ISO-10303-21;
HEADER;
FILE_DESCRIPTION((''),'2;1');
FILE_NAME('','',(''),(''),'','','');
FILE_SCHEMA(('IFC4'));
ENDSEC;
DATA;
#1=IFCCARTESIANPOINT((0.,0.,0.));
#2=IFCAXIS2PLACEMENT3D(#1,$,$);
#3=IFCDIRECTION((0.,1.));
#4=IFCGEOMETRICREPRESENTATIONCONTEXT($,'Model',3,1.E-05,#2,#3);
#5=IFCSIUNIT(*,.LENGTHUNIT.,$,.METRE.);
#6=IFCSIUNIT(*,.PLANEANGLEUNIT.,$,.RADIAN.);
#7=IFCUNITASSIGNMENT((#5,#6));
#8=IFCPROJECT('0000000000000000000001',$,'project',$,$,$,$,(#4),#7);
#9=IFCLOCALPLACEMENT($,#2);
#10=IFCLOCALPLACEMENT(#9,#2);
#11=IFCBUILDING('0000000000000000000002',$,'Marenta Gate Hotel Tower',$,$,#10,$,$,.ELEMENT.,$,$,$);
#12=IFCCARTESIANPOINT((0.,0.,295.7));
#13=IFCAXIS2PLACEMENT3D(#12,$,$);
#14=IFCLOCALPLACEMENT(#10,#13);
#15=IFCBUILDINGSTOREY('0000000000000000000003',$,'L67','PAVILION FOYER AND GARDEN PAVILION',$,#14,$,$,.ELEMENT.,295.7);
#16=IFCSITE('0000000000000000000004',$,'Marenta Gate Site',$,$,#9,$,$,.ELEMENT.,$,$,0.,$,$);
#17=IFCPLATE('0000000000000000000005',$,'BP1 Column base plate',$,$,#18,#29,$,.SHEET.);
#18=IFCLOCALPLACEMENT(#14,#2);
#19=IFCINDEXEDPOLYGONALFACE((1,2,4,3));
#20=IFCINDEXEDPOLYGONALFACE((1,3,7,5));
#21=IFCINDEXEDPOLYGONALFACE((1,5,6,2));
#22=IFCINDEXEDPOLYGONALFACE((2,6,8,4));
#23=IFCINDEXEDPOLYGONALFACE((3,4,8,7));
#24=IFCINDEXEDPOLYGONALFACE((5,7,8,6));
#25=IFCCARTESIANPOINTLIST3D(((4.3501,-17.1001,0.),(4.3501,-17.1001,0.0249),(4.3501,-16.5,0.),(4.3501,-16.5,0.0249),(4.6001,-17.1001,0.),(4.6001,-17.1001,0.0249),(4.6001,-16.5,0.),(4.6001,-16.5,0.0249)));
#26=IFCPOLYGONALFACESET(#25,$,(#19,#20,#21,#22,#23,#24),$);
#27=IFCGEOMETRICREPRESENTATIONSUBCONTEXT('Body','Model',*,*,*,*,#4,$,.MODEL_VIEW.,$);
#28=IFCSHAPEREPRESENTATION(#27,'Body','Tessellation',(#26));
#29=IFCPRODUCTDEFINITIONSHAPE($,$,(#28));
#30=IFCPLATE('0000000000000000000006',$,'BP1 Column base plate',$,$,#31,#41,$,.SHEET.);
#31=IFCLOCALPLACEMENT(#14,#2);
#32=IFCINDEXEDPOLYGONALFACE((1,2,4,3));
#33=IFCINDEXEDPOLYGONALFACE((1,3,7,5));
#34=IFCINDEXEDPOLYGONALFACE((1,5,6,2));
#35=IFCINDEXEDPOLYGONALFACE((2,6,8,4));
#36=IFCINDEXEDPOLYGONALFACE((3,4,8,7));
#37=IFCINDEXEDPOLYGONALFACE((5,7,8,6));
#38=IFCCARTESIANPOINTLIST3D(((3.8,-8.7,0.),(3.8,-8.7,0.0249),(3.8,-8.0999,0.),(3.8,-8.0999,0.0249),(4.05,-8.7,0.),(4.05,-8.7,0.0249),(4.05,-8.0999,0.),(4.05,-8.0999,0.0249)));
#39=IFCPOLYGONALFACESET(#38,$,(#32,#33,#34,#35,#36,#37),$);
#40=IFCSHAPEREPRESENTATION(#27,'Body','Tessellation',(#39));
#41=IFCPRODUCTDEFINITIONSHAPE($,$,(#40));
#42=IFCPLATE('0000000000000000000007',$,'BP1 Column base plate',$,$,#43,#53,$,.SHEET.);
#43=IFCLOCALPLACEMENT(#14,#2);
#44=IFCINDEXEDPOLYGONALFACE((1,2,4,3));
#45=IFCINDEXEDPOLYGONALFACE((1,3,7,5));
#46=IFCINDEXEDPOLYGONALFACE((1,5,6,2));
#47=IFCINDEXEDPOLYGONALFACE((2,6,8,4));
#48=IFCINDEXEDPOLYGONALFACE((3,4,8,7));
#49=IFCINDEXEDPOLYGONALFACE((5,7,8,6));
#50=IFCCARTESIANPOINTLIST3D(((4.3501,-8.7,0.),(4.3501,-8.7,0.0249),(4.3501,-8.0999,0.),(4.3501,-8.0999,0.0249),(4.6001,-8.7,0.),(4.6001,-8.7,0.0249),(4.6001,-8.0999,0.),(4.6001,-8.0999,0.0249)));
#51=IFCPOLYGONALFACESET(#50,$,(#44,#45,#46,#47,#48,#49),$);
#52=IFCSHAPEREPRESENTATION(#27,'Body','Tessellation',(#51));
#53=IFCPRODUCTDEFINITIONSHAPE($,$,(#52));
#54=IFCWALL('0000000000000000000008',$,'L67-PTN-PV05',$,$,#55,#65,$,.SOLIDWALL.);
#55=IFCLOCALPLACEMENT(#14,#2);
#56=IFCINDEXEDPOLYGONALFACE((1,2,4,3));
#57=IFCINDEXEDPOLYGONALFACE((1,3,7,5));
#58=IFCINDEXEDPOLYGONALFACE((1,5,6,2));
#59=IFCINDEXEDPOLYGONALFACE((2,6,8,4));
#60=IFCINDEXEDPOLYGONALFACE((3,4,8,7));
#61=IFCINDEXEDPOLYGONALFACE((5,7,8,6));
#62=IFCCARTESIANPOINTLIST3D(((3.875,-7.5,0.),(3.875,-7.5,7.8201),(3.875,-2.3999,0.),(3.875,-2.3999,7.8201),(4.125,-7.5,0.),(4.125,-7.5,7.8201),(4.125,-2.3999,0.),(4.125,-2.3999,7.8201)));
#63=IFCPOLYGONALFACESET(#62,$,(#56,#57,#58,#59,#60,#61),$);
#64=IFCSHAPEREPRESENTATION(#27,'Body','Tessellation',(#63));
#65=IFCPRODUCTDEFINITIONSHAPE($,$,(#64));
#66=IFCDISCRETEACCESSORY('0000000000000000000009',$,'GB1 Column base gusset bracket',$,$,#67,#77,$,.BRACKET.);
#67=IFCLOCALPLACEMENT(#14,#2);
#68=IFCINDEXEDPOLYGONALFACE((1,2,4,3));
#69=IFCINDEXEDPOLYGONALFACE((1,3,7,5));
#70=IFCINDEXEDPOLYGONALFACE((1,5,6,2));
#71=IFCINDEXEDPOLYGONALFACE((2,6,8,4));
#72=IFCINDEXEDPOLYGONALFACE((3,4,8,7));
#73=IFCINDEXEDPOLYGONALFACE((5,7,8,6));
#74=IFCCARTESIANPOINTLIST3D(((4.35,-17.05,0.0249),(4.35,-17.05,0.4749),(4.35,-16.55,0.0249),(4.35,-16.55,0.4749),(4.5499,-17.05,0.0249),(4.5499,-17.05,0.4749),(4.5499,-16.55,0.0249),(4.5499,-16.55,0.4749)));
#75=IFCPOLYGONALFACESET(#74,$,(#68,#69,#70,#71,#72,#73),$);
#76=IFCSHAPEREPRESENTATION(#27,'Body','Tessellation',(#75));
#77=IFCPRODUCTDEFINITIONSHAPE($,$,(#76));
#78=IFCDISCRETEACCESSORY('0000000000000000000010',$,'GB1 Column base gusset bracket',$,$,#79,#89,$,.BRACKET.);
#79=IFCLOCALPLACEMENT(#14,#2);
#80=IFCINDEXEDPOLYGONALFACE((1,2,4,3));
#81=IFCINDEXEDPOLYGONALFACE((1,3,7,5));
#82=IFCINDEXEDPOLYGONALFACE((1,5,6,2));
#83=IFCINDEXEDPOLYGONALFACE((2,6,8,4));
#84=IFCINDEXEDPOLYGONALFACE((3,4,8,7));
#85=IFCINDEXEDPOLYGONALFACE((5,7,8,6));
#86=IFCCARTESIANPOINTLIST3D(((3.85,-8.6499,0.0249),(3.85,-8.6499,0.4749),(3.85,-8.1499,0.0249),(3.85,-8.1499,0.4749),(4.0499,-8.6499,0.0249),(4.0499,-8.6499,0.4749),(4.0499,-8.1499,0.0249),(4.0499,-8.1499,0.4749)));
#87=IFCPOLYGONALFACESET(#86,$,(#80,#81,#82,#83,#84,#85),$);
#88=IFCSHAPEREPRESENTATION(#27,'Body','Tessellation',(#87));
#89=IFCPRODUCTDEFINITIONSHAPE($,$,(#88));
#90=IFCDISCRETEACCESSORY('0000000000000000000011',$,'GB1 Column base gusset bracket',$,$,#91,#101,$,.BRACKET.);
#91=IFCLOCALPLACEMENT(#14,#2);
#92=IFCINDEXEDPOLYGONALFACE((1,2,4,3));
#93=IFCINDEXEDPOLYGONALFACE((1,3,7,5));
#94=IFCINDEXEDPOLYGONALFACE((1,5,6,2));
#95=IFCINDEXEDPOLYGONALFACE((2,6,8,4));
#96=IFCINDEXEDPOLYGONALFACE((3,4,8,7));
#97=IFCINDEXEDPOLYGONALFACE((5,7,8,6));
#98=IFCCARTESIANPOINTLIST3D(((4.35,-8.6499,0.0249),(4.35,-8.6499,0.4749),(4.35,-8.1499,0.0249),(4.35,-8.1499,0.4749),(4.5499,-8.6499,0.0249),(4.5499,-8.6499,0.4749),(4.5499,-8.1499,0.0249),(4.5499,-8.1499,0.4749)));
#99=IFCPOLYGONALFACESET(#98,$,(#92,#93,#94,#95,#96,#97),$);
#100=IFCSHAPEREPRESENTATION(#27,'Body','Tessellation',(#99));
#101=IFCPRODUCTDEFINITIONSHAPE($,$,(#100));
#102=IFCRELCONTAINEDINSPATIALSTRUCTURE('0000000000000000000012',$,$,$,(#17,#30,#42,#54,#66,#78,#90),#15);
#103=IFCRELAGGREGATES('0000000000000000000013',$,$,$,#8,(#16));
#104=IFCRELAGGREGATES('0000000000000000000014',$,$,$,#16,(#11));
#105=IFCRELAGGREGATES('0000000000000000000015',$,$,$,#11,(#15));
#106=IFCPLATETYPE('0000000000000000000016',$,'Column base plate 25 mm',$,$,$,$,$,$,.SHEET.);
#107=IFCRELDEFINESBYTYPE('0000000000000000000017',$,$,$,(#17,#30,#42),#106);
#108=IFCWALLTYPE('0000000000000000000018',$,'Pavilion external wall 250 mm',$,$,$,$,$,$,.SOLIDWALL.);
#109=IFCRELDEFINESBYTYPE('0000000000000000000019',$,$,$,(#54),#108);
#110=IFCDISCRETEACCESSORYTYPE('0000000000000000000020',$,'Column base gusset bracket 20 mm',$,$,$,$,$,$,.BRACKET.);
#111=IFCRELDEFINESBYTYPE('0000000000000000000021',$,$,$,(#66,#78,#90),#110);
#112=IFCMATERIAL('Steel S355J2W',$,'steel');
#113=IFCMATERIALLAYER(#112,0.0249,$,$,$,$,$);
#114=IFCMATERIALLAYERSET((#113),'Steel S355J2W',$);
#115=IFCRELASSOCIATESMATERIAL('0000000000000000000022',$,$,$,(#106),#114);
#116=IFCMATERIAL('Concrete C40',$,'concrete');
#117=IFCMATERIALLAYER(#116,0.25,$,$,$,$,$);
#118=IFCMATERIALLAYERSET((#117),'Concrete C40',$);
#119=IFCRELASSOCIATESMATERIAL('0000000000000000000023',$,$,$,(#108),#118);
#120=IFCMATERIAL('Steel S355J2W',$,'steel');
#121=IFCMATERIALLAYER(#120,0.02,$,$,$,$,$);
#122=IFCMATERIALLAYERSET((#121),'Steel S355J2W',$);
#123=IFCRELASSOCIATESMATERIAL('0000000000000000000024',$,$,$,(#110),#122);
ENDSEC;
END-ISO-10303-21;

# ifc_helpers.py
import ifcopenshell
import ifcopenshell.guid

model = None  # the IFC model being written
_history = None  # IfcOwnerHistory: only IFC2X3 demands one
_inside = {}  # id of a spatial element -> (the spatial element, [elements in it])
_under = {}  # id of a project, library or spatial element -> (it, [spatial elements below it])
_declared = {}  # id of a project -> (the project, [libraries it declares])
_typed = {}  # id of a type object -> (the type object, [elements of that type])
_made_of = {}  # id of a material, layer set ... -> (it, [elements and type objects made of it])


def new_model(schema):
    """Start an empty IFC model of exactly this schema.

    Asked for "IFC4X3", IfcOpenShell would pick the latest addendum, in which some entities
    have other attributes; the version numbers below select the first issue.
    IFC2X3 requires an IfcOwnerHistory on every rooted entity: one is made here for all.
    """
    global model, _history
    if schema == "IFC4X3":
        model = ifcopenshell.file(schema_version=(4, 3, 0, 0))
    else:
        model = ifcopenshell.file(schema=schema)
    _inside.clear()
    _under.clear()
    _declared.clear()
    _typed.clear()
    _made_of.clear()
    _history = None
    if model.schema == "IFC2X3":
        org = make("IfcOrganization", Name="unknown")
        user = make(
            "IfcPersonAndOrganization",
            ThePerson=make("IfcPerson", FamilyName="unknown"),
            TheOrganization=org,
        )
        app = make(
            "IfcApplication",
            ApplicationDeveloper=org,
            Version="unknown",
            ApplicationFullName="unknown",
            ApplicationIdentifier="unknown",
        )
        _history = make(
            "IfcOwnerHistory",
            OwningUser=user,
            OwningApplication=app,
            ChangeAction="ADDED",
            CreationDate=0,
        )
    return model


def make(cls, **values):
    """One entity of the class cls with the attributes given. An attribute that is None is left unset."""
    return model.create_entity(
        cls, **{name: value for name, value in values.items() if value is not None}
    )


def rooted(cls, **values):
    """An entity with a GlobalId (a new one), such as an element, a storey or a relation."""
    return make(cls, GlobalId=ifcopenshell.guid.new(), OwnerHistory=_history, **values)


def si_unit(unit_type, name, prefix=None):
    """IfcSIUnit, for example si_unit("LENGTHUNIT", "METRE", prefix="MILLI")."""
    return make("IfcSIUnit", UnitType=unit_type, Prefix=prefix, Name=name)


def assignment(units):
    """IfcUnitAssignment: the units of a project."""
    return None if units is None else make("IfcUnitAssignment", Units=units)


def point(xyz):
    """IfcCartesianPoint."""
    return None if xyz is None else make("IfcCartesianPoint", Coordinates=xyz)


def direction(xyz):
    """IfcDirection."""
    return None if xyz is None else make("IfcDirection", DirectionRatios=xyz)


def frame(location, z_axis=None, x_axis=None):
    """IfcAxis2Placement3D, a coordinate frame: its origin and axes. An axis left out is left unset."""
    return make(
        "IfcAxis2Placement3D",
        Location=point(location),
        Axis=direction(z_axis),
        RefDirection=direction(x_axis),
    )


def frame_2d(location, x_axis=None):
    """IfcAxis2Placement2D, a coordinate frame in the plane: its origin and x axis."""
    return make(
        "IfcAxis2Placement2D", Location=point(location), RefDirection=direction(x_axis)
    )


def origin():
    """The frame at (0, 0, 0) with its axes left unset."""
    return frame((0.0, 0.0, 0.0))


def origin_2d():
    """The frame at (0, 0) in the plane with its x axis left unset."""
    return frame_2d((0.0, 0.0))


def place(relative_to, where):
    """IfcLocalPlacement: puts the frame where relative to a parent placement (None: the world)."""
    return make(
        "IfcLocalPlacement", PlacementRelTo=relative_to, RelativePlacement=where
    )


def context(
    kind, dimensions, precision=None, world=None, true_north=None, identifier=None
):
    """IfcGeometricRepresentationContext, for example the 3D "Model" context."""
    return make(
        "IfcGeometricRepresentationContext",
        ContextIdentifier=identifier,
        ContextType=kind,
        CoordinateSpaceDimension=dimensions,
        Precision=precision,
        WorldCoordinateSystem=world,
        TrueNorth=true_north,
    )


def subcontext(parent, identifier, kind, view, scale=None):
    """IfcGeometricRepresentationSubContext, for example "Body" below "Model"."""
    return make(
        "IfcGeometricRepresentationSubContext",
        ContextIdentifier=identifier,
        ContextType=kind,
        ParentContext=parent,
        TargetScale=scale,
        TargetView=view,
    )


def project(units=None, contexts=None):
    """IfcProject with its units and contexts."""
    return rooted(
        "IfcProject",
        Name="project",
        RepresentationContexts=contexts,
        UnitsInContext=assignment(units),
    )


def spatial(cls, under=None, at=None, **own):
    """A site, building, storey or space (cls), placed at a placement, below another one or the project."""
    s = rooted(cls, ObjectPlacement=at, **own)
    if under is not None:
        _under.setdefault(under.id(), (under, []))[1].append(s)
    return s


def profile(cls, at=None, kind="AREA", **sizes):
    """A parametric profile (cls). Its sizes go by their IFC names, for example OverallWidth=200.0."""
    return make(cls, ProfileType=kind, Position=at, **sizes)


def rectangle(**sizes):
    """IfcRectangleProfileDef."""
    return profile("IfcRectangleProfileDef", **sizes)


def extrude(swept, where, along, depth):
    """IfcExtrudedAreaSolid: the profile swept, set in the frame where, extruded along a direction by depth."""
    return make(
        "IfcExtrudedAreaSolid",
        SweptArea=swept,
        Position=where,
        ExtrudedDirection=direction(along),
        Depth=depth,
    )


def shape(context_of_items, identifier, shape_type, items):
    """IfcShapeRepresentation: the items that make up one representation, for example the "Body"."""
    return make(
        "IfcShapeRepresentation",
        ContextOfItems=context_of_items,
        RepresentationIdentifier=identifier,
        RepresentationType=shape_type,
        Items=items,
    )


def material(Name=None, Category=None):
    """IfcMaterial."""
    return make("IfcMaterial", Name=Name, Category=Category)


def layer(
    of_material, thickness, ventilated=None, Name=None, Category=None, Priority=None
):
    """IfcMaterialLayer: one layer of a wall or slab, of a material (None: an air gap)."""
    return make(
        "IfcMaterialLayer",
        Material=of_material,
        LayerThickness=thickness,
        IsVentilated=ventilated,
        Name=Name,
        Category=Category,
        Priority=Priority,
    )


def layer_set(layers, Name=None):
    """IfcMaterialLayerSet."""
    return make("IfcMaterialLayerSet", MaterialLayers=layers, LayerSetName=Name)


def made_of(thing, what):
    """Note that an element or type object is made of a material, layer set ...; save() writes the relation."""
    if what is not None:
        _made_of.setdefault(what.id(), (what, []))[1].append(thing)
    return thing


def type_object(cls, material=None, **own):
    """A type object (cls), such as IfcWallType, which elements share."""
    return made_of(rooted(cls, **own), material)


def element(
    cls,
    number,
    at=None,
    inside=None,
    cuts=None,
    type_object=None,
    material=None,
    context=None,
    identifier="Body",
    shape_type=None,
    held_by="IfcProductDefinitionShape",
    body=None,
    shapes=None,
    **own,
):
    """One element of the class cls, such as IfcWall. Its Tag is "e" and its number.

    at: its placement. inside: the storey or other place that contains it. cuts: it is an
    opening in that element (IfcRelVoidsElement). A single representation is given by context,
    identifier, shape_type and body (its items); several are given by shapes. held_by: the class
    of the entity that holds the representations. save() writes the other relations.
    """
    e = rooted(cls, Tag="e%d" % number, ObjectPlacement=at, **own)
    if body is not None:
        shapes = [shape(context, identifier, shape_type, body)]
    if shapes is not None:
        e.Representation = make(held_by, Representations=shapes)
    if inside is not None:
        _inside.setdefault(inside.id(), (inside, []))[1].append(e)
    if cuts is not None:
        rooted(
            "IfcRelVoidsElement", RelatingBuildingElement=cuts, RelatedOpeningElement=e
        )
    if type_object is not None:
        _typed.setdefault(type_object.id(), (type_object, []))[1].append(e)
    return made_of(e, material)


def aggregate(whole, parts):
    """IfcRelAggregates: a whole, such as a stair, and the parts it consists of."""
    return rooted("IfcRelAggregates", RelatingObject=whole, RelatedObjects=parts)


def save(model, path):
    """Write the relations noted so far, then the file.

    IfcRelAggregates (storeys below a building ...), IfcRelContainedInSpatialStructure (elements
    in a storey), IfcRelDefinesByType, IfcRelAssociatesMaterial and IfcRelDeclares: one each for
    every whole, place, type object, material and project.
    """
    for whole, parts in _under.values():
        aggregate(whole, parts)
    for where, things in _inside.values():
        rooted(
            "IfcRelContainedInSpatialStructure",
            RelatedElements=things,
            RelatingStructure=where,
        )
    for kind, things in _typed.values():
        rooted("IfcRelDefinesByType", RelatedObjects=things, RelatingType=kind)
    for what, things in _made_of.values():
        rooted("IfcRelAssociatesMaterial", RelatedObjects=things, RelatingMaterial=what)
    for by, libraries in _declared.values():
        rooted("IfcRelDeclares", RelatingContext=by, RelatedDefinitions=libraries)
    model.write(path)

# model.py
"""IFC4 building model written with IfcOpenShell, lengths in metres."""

from ifc_helpers import new_model, si_unit, direction, frame, frame_2d, origin, origin_2d, place, context, subcontext, project, spatial, rectangle, extrude, material, layer, layer_set, type_object, element, save


model = new_model("IFC4")

# Units and contexts
model_context = context("Model", 3, precision=1e-05, world=origin(), true_north=direction((0.0, 1.0)))
body_context = subcontext(model_context, "Body", "Model", "MODEL_VIEW")
ifc_project = project(units=[si_unit("LENGTHUNIT", "METRE"), si_unit("PLANEANGLEUNIT", "RADIAN")], contexts=[model_context])

# Site, building, storey
site_placement = place(None, origin())
site = spatial("IfcSite", under=ifc_project, at=site_placement, Name="Marenta Gate Site", CompositionType="ELEMENT", RefElevation=0.0)
building_placement = place(site_placement, origin())
building = spatial("IfcBuilding", under=site, at=building_placement, Name="Marenta Gate Hotel Tower", CompositionType="ELEMENT")
storey_placement = place(building_placement, frame((0.0, 0.0, 295.7)))
storey = spatial("IfcBuildingStorey", under=building, at=storey_placement, Name="L67", Description="PAVILION FOYER AND GARDEN PAVILION", CompositionType="ELEMENT", Elevation=295.7)

# Plates
ifc_material_1 = material(Name="Steel S355J2W", Category="steel")
ifc_layer_1 = layer(ifc_material_1, 0.0249)
ifc_layer_set_1 = layer_set([ifc_layer_1], Name="Steel S355J2W")
plate_type = type_object("IfcPlateType", Name="Column base plate 25 mm", PredefinedType="SHEET", material=ifc_layer_set_1)
for number, where, z_axis, x_axis, name in (
    (1, (4.4751, -16.8, 0.0), (0.0, 0.0, 1.0), (1.0, 0.0, 0.0), "BP1 Column base plate"),
    (2, (3.925, -8.3999, 0.0), (0.0, 0.0, 1.0), (1.0, 0.0, 0.0), "BP1 Column base plate"),
    (3, (4.4751, -8.3999, 0.0), (0.0, 0.0, 1.0), (1.0, 0.0, 0.0), "BP1 Column base plate"),
):
    element("IfcPlate", number, at=place(storey_placement, frame(where, z_axis=z_axis, x_axis=x_axis)), inside=storey, type_object=plate_type, Name=name, PredefinedType="SHEET", context=body_context, shape_type="SweptSolid", body=[
        extrude(rectangle(XDim=0.25, YDim=0.6001, at=origin_2d()), origin(), (0.0, 0.0, 1.0), 0.0249),
    ])

# Wall
ifc_material_2 = material(Name="Concrete C40", Category="concrete")
ifc_layer_2 = layer(ifc_material_2, 0.25)
ifc_layer_set_2 = layer_set([ifc_layer_2], Name="Concrete C40")
wall_type = type_object("IfcWallType", Name="Pavilion external wall 250 mm", PredefinedType="SOLIDWALL", material=ifc_layer_set_2)
wall_placement = place(storey_placement, frame((4.0, -7.5, 0.0), z_axis=(0.0, 0.0, 1.0), x_axis=(0.0, 1.0, 0.0)))
element("IfcWall", 4, at=wall_placement, inside=storey, type_object=wall_type, Name="L67-PTN-PV05", PredefinedType="SOLIDWALL", context=body_context, shape_type="SweptSolid", body=[
    extrude(rectangle(XDim=5.1001, YDim=0.25, at=frame_2d((2.55, 0.0))), origin(), (0.0, 0.0, 1.0), 7.8201),
])

# Discrete accessories
ifc_material_3 = material(Name="Steel S355J2W", Category="steel")
ifc_layer_3 = layer(ifc_material_3, 0.02)
ifc_layer_set_3 = layer_set([ifc_layer_3], Name="Steel S355J2W")
discrete_accessory_type = type_object("IfcDiscreteAccessoryType", Name="Column base gusset bracket 20 mm", PredefinedType="BRACKET", material=ifc_layer_set_3)
for number, where, z_axis, x_axis, name in (
    (5, (4.45, -16.8, 0.0249), (0.0, 0.0, 1.0), (1.0, 0.0, 0.0), "GB1 Column base gusset bracket"),
    (6, (3.95, -8.3999, 0.0249), (0.0, 0.0, 1.0), (1.0, 0.0, 0.0), "GB1 Column base gusset bracket"),
    (7, (4.45, -8.3999, 0.0249), (0.0, 0.0, 1.0), (1.0, 0.0, 0.0), "GB1 Column base gusset bracket"),
):
    element("IfcDiscreteAccessory", number, at=place(storey_placement, frame(where, z_axis=z_axis, x_axis=x_axis)), inside=storey, type_object=discrete_accessory_type, Name=name, PredefinedType="BRACKET", context=body_context, shape_type="SweptSolid", body=[
        extrude(rectangle(XDim=0.2, YDim=0.5, at=origin_2d()), origin(), (0.0, 0.0, 1.0), 0.45),
    ])

save(model, "model.ifc")
